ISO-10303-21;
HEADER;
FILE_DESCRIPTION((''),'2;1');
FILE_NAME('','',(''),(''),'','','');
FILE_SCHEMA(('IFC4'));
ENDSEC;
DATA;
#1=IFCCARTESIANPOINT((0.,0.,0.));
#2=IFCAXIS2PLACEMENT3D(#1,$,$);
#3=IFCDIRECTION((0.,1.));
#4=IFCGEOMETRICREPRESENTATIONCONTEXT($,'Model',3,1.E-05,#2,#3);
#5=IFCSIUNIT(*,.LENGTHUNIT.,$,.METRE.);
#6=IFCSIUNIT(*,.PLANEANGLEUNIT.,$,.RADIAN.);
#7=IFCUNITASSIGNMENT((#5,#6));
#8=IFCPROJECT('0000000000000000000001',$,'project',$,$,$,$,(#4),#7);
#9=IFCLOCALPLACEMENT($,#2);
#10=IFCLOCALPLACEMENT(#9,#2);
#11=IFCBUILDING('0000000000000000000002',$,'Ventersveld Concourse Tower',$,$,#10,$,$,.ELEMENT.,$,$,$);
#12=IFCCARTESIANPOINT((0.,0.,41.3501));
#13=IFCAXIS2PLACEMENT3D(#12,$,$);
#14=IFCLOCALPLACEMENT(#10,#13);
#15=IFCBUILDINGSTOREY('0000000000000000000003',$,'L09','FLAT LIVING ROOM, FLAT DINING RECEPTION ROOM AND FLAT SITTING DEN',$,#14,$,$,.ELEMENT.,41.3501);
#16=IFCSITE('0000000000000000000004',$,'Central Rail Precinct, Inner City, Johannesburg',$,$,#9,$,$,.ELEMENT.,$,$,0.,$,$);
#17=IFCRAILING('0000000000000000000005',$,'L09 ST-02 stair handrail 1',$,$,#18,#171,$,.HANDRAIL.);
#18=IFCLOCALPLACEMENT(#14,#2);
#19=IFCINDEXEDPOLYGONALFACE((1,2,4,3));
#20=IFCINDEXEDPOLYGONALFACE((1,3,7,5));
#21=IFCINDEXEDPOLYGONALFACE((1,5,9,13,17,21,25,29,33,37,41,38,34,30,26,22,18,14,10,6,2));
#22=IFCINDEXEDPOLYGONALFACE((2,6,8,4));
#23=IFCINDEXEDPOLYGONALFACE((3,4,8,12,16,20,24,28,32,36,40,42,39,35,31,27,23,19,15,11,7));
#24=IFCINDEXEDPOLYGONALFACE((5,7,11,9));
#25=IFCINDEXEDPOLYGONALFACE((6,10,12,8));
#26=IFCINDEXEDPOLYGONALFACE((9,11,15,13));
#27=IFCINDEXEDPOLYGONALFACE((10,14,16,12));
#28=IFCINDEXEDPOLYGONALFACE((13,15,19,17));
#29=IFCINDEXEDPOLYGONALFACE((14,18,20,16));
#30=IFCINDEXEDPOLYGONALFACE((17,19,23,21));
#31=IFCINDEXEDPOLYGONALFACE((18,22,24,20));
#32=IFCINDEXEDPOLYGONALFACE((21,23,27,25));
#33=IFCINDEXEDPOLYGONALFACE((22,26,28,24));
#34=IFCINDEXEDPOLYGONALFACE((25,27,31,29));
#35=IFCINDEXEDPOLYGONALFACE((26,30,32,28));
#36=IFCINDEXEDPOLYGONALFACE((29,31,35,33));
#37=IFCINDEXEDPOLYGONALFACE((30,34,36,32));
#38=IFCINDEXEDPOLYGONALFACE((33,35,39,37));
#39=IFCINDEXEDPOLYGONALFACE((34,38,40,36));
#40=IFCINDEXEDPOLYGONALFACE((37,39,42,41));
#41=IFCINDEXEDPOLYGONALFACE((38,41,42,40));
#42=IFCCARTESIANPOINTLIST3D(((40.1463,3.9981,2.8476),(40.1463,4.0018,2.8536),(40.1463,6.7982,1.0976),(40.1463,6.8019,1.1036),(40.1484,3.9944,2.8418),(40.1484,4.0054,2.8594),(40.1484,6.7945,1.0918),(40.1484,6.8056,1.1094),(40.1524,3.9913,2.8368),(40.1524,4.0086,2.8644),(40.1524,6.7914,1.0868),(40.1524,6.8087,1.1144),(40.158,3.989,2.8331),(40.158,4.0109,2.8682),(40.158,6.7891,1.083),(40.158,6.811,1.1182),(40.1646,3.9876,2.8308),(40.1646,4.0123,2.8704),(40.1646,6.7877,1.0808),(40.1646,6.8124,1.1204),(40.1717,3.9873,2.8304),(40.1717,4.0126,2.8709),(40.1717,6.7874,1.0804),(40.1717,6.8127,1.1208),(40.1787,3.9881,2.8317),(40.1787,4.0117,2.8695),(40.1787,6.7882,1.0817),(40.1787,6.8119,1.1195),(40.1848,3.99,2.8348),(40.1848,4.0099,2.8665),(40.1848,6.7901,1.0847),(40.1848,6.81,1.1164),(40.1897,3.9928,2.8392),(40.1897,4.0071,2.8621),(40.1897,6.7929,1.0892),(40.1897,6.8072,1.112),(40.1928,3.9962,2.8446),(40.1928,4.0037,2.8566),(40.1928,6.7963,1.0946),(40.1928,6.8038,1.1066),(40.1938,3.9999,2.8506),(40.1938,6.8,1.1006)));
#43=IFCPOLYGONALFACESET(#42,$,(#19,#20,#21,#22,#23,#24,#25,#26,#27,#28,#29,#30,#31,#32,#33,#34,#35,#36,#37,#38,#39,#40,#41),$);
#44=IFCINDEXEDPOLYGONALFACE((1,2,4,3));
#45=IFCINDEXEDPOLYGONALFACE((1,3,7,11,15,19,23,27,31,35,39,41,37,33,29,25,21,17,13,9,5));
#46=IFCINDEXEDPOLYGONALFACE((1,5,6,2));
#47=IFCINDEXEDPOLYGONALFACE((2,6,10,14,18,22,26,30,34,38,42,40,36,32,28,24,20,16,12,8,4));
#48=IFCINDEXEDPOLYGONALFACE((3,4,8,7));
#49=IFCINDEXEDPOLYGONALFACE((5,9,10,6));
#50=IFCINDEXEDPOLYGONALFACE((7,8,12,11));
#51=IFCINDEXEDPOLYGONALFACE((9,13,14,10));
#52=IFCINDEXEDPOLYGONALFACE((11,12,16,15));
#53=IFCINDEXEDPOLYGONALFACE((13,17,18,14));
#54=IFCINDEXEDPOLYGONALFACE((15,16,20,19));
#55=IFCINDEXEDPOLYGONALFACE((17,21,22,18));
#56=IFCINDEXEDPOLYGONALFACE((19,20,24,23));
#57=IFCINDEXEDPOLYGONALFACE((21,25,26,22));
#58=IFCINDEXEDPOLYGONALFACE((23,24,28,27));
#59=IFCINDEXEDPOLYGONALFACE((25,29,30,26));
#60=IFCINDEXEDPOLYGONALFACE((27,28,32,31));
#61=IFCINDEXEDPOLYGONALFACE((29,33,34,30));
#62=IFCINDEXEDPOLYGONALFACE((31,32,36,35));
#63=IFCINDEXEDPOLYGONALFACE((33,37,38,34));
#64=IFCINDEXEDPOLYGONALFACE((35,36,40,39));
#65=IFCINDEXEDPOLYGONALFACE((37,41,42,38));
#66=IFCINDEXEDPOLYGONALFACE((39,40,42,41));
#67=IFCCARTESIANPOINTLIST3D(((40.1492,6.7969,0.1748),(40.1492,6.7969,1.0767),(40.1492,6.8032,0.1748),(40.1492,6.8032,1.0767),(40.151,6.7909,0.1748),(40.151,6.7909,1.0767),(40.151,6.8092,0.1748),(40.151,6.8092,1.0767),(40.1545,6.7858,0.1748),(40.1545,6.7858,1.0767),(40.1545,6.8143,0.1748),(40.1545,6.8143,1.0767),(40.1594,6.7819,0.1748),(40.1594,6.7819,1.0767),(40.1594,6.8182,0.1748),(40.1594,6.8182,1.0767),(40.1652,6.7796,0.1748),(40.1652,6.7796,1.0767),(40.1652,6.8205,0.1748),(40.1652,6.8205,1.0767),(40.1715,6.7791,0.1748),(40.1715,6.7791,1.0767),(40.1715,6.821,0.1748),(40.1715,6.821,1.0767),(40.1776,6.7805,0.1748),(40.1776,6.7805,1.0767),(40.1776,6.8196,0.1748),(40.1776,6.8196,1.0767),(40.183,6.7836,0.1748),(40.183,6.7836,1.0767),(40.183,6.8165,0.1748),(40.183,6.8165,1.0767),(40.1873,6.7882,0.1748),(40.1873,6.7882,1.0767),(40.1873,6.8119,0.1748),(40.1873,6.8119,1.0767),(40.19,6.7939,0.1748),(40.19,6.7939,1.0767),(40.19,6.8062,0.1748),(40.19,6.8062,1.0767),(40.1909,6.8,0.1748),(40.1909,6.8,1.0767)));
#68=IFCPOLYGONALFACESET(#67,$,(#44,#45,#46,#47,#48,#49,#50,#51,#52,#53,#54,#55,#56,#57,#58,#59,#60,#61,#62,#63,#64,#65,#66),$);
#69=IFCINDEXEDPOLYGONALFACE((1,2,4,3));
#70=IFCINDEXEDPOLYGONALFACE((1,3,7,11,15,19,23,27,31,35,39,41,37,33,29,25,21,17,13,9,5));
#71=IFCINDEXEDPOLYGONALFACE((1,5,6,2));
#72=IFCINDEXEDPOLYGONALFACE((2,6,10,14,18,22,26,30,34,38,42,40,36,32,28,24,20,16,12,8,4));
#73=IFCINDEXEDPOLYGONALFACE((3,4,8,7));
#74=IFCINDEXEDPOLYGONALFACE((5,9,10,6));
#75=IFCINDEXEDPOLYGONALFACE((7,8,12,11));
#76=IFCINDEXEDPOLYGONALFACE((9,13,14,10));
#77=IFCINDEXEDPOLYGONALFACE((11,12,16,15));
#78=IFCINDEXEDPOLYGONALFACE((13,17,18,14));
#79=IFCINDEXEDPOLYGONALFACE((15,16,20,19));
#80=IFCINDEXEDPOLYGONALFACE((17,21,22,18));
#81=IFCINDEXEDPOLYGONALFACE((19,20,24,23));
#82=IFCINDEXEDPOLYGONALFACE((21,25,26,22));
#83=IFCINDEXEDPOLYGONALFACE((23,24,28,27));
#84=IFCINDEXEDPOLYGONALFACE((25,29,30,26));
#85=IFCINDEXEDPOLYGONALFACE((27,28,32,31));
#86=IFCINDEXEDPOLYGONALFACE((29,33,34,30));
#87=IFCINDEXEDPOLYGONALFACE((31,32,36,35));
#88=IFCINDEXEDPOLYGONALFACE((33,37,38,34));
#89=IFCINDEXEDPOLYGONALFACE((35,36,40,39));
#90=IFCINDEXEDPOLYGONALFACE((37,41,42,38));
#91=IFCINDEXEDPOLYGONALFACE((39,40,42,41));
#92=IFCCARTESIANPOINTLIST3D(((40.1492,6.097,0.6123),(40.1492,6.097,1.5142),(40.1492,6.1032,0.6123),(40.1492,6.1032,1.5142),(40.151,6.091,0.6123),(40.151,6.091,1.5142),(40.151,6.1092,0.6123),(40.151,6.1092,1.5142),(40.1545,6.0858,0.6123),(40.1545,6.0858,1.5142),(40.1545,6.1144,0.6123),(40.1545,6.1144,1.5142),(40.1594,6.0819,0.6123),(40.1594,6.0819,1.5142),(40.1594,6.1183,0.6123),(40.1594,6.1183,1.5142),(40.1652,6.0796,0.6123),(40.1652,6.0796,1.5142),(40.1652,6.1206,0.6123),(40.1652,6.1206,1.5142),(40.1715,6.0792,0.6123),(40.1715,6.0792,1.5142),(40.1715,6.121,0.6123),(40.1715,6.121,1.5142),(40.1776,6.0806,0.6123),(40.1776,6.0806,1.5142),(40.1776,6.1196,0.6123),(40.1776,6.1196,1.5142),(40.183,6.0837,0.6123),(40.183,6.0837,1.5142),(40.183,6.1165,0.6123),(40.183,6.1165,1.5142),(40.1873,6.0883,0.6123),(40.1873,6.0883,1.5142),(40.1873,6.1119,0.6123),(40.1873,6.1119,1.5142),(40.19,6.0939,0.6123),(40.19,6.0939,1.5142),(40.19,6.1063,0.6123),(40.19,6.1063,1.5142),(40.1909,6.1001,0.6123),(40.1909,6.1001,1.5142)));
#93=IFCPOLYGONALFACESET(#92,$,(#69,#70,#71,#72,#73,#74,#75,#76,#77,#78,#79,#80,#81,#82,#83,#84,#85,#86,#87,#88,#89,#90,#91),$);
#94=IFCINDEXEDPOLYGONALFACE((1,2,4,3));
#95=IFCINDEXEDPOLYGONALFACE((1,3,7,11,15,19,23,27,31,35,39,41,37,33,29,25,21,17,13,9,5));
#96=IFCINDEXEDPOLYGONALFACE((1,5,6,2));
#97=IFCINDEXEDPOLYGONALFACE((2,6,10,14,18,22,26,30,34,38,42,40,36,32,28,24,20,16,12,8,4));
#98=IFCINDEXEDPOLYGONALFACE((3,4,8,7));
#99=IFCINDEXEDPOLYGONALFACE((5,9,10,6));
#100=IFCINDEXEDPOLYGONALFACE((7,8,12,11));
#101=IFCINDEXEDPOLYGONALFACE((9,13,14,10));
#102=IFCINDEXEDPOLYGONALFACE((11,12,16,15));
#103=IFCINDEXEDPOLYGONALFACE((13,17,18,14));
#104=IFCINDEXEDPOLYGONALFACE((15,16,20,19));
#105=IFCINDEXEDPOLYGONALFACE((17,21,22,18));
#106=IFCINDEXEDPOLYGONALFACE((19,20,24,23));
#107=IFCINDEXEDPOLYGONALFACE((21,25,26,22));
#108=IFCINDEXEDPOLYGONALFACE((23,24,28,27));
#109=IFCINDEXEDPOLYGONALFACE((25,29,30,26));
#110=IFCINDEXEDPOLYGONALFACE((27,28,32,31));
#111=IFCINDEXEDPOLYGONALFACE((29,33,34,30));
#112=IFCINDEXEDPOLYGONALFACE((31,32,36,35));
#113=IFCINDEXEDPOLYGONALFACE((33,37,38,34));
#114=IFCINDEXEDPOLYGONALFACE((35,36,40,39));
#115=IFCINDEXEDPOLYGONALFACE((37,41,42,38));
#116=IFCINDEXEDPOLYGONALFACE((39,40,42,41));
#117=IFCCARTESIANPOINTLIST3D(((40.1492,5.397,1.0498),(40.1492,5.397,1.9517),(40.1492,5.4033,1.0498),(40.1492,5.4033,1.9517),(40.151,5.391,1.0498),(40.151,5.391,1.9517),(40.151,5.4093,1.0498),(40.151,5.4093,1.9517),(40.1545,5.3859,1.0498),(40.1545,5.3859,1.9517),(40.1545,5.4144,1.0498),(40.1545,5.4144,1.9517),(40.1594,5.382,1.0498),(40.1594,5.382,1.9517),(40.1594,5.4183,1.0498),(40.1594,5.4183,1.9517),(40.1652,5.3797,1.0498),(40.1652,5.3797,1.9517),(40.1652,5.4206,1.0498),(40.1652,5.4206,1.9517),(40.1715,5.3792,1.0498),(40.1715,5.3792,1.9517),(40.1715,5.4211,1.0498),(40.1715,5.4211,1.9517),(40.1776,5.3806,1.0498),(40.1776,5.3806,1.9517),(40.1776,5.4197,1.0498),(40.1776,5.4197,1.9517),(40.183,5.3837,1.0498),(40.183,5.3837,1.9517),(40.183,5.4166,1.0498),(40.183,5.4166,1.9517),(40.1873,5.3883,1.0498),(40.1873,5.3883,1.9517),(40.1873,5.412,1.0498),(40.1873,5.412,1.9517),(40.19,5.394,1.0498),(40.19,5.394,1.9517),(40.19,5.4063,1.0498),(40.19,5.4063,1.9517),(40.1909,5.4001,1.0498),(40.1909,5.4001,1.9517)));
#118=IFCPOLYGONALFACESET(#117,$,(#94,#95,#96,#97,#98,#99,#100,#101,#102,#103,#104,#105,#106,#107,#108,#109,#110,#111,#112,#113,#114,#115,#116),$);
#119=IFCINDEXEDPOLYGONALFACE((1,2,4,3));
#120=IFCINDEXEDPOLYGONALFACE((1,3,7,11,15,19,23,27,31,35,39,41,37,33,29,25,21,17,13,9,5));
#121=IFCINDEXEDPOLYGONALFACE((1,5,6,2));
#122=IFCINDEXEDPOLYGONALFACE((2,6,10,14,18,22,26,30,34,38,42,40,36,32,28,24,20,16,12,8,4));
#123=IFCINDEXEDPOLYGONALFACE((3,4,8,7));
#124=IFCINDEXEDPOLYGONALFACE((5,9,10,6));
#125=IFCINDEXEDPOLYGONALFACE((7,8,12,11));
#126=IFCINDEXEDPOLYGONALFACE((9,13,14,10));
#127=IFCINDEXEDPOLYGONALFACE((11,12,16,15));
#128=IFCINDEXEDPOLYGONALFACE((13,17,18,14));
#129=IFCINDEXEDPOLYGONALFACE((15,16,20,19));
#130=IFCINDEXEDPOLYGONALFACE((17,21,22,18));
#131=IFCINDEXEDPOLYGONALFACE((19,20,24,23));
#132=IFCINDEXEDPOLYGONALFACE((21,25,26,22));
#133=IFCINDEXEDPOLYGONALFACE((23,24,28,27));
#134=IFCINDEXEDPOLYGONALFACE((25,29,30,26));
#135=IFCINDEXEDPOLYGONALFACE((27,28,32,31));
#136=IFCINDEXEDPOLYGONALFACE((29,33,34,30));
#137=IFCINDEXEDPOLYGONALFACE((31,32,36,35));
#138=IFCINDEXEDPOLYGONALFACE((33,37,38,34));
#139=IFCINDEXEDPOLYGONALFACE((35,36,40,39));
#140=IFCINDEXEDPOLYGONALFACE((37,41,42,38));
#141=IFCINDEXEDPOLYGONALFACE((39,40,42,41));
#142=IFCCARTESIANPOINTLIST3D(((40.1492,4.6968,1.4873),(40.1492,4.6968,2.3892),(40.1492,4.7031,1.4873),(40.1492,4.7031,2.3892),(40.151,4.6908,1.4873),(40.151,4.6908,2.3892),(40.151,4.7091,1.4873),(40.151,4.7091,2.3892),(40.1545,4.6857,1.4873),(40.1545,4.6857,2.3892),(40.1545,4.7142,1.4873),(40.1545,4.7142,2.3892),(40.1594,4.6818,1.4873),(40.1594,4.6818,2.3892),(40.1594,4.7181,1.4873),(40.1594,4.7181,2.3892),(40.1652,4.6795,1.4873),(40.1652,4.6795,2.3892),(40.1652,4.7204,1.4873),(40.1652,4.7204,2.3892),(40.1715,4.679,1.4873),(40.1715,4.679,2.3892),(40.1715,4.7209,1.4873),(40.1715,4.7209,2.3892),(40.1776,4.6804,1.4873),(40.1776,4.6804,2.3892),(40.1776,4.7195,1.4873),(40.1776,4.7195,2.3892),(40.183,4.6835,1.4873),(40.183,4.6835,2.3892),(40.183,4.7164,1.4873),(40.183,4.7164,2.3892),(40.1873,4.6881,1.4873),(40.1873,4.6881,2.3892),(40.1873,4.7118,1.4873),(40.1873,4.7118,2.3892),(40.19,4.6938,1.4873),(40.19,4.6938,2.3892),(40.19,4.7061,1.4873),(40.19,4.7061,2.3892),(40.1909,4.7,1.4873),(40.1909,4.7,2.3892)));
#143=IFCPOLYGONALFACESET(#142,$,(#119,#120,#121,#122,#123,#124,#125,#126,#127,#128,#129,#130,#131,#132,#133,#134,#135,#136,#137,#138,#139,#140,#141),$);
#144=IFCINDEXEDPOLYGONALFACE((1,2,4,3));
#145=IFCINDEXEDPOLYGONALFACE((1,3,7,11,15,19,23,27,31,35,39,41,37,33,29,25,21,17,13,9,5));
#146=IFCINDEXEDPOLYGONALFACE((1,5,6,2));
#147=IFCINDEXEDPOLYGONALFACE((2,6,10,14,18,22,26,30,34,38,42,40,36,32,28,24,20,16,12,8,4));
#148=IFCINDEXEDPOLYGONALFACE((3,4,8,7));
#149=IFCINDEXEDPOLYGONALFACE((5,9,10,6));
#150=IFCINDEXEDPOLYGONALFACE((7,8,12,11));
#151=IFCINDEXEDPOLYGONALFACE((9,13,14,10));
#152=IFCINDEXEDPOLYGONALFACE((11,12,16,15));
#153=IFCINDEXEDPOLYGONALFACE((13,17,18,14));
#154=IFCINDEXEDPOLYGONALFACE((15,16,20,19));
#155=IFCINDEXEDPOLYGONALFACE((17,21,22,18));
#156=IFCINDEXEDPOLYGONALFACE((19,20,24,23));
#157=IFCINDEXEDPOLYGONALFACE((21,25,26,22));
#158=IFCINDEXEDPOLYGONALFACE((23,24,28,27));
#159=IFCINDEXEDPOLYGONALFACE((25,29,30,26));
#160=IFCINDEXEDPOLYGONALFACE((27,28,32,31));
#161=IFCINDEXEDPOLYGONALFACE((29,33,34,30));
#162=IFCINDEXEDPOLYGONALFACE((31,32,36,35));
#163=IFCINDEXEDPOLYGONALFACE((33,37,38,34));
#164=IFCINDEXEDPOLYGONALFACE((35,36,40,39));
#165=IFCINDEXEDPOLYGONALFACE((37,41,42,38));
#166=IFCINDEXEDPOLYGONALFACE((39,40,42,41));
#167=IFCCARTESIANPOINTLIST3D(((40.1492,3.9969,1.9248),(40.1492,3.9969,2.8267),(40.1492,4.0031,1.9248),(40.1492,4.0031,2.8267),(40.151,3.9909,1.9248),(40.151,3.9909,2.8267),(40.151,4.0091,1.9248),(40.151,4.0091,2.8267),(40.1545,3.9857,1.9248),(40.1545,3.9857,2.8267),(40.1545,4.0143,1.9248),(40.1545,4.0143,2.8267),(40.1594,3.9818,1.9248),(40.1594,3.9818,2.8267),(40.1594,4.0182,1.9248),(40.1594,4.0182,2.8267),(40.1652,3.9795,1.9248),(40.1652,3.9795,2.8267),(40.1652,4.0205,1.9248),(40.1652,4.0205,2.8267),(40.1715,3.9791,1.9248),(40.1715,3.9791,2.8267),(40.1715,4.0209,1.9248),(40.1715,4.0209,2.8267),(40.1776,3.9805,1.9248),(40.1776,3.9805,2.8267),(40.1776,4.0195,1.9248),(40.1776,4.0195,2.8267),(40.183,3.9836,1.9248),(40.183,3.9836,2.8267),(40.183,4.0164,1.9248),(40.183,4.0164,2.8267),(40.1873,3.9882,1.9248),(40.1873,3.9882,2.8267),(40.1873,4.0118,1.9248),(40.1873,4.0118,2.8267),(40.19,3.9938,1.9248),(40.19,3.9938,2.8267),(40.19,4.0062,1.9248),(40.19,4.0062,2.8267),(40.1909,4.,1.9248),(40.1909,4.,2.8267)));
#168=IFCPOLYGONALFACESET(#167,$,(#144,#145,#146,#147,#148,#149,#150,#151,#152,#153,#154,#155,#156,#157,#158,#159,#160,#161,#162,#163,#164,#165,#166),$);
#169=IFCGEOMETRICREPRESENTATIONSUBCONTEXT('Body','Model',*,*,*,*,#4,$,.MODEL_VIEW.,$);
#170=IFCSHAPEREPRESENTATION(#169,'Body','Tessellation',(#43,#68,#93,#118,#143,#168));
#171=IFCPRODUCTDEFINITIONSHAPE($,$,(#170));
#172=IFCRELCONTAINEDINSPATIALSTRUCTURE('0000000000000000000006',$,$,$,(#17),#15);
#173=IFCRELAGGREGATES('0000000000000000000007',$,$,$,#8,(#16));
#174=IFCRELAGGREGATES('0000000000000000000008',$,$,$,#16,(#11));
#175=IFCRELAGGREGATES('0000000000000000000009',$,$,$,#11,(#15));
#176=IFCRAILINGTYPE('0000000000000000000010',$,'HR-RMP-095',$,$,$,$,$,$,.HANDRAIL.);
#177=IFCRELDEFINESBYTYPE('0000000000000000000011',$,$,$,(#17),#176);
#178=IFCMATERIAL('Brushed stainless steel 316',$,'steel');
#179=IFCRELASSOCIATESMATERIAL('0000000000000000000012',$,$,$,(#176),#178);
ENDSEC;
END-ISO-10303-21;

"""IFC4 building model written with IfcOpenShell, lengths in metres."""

from ifc_helpers import new_model, si_unit, direction, frame, origin, origin_2d, place, context, subcontext, project, spatial, circle, extrude, material, type_object, element, save


model = new_model("IFC4")

# Units and contexts
model_context = context("Model", 3, precision=1e-05, world=origin(), true_north=direction((0.0, 1.0)))
body_context = subcontext(model_context, "Body", "Model", "MODEL_VIEW")
ifc_project = project(units=[si_unit("LENGTHUNIT", "METRE"), si_unit("PLANEANGLEUNIT", "RADIAN")], contexts=[model_context])

# Site, building, storey
site_placement = place(None, origin())
site = spatial("IfcSite", under=ifc_project, at=site_placement, Name="Central Rail Precinct, Inner City, Johannesburg", CompositionType="ELEMENT", RefElevation=0.0)
building_placement = place(site_placement, origin())
building = spatial("IfcBuilding", under=site, at=building_placement, Name="Ventersveld Concourse Tower", CompositionType="ELEMENT")
storey_placement = place(building_placement, frame((0.0, 0.0, 41.3501)))
storey = spatial("IfcBuildingStorey", under=building, at=storey_placement, Name="L09", Description="FLAT LIVING ROOM, FLAT DINING RECEPTION ROOM AND FLAT SITTING DEN", CompositionType="ELEMENT", Elevation=41.3501)

# Railing
ifc_material_1 = material(Name="Brushed stainless steel 316", Category="steel")
railing_type_1 = type_object("IfcRailingType", Name="HR-RMP-095", PredefinedType="HANDRAIL", material=ifc_material_1)
railing_1_placement = place(storey_placement, frame((40.1699, 6.8, 0.1748)))
element("IfcRailing", 1, at=railing_1_placement, inside=storey, type_object=railing_type_1, Name="L09 ST-02 stair handrail 1", PredefinedType="HANDRAIL", context=body_context, shape_type="SweptSolid", body=[
    extrude(circle(Radius=0.0239, at=origin_2d()), frame((0.0, 0.0, 0.9258), z_axis=(0.0, -0.848002, 0.529992), x_axis=(1.0, 0.0, 0.0)), (0.0, 0.0, 1.0), 3.302),
    extrude(circle(Radius=0.021, at=origin_2d()), origin(), (0.0, 0.0, 1.0), 0.9019),
    extrude(circle(Radius=0.021, at=origin_2d()), frame((0.0, -0.7, 0.4375)), (0.0, 0.0, 1.0), 0.9019),
    extrude(circle(Radius=0.021, at=origin_2d()), frame((0.0, -1.3999, 0.875)), (0.0, 0.0, 1.0), 0.9019),
    extrude(circle(Radius=0.021, at=origin_2d()), frame((0.0, -2.1001, 1.3125)), (0.0, 0.0, 1.0), 0.9019),
    extrude(circle(Radius=0.021, at=origin_2d()), frame((0.0, -2.8, 1.75)), (0.0, 0.0, 1.0), 0.9019),
])

save(model, "model.ifc")
